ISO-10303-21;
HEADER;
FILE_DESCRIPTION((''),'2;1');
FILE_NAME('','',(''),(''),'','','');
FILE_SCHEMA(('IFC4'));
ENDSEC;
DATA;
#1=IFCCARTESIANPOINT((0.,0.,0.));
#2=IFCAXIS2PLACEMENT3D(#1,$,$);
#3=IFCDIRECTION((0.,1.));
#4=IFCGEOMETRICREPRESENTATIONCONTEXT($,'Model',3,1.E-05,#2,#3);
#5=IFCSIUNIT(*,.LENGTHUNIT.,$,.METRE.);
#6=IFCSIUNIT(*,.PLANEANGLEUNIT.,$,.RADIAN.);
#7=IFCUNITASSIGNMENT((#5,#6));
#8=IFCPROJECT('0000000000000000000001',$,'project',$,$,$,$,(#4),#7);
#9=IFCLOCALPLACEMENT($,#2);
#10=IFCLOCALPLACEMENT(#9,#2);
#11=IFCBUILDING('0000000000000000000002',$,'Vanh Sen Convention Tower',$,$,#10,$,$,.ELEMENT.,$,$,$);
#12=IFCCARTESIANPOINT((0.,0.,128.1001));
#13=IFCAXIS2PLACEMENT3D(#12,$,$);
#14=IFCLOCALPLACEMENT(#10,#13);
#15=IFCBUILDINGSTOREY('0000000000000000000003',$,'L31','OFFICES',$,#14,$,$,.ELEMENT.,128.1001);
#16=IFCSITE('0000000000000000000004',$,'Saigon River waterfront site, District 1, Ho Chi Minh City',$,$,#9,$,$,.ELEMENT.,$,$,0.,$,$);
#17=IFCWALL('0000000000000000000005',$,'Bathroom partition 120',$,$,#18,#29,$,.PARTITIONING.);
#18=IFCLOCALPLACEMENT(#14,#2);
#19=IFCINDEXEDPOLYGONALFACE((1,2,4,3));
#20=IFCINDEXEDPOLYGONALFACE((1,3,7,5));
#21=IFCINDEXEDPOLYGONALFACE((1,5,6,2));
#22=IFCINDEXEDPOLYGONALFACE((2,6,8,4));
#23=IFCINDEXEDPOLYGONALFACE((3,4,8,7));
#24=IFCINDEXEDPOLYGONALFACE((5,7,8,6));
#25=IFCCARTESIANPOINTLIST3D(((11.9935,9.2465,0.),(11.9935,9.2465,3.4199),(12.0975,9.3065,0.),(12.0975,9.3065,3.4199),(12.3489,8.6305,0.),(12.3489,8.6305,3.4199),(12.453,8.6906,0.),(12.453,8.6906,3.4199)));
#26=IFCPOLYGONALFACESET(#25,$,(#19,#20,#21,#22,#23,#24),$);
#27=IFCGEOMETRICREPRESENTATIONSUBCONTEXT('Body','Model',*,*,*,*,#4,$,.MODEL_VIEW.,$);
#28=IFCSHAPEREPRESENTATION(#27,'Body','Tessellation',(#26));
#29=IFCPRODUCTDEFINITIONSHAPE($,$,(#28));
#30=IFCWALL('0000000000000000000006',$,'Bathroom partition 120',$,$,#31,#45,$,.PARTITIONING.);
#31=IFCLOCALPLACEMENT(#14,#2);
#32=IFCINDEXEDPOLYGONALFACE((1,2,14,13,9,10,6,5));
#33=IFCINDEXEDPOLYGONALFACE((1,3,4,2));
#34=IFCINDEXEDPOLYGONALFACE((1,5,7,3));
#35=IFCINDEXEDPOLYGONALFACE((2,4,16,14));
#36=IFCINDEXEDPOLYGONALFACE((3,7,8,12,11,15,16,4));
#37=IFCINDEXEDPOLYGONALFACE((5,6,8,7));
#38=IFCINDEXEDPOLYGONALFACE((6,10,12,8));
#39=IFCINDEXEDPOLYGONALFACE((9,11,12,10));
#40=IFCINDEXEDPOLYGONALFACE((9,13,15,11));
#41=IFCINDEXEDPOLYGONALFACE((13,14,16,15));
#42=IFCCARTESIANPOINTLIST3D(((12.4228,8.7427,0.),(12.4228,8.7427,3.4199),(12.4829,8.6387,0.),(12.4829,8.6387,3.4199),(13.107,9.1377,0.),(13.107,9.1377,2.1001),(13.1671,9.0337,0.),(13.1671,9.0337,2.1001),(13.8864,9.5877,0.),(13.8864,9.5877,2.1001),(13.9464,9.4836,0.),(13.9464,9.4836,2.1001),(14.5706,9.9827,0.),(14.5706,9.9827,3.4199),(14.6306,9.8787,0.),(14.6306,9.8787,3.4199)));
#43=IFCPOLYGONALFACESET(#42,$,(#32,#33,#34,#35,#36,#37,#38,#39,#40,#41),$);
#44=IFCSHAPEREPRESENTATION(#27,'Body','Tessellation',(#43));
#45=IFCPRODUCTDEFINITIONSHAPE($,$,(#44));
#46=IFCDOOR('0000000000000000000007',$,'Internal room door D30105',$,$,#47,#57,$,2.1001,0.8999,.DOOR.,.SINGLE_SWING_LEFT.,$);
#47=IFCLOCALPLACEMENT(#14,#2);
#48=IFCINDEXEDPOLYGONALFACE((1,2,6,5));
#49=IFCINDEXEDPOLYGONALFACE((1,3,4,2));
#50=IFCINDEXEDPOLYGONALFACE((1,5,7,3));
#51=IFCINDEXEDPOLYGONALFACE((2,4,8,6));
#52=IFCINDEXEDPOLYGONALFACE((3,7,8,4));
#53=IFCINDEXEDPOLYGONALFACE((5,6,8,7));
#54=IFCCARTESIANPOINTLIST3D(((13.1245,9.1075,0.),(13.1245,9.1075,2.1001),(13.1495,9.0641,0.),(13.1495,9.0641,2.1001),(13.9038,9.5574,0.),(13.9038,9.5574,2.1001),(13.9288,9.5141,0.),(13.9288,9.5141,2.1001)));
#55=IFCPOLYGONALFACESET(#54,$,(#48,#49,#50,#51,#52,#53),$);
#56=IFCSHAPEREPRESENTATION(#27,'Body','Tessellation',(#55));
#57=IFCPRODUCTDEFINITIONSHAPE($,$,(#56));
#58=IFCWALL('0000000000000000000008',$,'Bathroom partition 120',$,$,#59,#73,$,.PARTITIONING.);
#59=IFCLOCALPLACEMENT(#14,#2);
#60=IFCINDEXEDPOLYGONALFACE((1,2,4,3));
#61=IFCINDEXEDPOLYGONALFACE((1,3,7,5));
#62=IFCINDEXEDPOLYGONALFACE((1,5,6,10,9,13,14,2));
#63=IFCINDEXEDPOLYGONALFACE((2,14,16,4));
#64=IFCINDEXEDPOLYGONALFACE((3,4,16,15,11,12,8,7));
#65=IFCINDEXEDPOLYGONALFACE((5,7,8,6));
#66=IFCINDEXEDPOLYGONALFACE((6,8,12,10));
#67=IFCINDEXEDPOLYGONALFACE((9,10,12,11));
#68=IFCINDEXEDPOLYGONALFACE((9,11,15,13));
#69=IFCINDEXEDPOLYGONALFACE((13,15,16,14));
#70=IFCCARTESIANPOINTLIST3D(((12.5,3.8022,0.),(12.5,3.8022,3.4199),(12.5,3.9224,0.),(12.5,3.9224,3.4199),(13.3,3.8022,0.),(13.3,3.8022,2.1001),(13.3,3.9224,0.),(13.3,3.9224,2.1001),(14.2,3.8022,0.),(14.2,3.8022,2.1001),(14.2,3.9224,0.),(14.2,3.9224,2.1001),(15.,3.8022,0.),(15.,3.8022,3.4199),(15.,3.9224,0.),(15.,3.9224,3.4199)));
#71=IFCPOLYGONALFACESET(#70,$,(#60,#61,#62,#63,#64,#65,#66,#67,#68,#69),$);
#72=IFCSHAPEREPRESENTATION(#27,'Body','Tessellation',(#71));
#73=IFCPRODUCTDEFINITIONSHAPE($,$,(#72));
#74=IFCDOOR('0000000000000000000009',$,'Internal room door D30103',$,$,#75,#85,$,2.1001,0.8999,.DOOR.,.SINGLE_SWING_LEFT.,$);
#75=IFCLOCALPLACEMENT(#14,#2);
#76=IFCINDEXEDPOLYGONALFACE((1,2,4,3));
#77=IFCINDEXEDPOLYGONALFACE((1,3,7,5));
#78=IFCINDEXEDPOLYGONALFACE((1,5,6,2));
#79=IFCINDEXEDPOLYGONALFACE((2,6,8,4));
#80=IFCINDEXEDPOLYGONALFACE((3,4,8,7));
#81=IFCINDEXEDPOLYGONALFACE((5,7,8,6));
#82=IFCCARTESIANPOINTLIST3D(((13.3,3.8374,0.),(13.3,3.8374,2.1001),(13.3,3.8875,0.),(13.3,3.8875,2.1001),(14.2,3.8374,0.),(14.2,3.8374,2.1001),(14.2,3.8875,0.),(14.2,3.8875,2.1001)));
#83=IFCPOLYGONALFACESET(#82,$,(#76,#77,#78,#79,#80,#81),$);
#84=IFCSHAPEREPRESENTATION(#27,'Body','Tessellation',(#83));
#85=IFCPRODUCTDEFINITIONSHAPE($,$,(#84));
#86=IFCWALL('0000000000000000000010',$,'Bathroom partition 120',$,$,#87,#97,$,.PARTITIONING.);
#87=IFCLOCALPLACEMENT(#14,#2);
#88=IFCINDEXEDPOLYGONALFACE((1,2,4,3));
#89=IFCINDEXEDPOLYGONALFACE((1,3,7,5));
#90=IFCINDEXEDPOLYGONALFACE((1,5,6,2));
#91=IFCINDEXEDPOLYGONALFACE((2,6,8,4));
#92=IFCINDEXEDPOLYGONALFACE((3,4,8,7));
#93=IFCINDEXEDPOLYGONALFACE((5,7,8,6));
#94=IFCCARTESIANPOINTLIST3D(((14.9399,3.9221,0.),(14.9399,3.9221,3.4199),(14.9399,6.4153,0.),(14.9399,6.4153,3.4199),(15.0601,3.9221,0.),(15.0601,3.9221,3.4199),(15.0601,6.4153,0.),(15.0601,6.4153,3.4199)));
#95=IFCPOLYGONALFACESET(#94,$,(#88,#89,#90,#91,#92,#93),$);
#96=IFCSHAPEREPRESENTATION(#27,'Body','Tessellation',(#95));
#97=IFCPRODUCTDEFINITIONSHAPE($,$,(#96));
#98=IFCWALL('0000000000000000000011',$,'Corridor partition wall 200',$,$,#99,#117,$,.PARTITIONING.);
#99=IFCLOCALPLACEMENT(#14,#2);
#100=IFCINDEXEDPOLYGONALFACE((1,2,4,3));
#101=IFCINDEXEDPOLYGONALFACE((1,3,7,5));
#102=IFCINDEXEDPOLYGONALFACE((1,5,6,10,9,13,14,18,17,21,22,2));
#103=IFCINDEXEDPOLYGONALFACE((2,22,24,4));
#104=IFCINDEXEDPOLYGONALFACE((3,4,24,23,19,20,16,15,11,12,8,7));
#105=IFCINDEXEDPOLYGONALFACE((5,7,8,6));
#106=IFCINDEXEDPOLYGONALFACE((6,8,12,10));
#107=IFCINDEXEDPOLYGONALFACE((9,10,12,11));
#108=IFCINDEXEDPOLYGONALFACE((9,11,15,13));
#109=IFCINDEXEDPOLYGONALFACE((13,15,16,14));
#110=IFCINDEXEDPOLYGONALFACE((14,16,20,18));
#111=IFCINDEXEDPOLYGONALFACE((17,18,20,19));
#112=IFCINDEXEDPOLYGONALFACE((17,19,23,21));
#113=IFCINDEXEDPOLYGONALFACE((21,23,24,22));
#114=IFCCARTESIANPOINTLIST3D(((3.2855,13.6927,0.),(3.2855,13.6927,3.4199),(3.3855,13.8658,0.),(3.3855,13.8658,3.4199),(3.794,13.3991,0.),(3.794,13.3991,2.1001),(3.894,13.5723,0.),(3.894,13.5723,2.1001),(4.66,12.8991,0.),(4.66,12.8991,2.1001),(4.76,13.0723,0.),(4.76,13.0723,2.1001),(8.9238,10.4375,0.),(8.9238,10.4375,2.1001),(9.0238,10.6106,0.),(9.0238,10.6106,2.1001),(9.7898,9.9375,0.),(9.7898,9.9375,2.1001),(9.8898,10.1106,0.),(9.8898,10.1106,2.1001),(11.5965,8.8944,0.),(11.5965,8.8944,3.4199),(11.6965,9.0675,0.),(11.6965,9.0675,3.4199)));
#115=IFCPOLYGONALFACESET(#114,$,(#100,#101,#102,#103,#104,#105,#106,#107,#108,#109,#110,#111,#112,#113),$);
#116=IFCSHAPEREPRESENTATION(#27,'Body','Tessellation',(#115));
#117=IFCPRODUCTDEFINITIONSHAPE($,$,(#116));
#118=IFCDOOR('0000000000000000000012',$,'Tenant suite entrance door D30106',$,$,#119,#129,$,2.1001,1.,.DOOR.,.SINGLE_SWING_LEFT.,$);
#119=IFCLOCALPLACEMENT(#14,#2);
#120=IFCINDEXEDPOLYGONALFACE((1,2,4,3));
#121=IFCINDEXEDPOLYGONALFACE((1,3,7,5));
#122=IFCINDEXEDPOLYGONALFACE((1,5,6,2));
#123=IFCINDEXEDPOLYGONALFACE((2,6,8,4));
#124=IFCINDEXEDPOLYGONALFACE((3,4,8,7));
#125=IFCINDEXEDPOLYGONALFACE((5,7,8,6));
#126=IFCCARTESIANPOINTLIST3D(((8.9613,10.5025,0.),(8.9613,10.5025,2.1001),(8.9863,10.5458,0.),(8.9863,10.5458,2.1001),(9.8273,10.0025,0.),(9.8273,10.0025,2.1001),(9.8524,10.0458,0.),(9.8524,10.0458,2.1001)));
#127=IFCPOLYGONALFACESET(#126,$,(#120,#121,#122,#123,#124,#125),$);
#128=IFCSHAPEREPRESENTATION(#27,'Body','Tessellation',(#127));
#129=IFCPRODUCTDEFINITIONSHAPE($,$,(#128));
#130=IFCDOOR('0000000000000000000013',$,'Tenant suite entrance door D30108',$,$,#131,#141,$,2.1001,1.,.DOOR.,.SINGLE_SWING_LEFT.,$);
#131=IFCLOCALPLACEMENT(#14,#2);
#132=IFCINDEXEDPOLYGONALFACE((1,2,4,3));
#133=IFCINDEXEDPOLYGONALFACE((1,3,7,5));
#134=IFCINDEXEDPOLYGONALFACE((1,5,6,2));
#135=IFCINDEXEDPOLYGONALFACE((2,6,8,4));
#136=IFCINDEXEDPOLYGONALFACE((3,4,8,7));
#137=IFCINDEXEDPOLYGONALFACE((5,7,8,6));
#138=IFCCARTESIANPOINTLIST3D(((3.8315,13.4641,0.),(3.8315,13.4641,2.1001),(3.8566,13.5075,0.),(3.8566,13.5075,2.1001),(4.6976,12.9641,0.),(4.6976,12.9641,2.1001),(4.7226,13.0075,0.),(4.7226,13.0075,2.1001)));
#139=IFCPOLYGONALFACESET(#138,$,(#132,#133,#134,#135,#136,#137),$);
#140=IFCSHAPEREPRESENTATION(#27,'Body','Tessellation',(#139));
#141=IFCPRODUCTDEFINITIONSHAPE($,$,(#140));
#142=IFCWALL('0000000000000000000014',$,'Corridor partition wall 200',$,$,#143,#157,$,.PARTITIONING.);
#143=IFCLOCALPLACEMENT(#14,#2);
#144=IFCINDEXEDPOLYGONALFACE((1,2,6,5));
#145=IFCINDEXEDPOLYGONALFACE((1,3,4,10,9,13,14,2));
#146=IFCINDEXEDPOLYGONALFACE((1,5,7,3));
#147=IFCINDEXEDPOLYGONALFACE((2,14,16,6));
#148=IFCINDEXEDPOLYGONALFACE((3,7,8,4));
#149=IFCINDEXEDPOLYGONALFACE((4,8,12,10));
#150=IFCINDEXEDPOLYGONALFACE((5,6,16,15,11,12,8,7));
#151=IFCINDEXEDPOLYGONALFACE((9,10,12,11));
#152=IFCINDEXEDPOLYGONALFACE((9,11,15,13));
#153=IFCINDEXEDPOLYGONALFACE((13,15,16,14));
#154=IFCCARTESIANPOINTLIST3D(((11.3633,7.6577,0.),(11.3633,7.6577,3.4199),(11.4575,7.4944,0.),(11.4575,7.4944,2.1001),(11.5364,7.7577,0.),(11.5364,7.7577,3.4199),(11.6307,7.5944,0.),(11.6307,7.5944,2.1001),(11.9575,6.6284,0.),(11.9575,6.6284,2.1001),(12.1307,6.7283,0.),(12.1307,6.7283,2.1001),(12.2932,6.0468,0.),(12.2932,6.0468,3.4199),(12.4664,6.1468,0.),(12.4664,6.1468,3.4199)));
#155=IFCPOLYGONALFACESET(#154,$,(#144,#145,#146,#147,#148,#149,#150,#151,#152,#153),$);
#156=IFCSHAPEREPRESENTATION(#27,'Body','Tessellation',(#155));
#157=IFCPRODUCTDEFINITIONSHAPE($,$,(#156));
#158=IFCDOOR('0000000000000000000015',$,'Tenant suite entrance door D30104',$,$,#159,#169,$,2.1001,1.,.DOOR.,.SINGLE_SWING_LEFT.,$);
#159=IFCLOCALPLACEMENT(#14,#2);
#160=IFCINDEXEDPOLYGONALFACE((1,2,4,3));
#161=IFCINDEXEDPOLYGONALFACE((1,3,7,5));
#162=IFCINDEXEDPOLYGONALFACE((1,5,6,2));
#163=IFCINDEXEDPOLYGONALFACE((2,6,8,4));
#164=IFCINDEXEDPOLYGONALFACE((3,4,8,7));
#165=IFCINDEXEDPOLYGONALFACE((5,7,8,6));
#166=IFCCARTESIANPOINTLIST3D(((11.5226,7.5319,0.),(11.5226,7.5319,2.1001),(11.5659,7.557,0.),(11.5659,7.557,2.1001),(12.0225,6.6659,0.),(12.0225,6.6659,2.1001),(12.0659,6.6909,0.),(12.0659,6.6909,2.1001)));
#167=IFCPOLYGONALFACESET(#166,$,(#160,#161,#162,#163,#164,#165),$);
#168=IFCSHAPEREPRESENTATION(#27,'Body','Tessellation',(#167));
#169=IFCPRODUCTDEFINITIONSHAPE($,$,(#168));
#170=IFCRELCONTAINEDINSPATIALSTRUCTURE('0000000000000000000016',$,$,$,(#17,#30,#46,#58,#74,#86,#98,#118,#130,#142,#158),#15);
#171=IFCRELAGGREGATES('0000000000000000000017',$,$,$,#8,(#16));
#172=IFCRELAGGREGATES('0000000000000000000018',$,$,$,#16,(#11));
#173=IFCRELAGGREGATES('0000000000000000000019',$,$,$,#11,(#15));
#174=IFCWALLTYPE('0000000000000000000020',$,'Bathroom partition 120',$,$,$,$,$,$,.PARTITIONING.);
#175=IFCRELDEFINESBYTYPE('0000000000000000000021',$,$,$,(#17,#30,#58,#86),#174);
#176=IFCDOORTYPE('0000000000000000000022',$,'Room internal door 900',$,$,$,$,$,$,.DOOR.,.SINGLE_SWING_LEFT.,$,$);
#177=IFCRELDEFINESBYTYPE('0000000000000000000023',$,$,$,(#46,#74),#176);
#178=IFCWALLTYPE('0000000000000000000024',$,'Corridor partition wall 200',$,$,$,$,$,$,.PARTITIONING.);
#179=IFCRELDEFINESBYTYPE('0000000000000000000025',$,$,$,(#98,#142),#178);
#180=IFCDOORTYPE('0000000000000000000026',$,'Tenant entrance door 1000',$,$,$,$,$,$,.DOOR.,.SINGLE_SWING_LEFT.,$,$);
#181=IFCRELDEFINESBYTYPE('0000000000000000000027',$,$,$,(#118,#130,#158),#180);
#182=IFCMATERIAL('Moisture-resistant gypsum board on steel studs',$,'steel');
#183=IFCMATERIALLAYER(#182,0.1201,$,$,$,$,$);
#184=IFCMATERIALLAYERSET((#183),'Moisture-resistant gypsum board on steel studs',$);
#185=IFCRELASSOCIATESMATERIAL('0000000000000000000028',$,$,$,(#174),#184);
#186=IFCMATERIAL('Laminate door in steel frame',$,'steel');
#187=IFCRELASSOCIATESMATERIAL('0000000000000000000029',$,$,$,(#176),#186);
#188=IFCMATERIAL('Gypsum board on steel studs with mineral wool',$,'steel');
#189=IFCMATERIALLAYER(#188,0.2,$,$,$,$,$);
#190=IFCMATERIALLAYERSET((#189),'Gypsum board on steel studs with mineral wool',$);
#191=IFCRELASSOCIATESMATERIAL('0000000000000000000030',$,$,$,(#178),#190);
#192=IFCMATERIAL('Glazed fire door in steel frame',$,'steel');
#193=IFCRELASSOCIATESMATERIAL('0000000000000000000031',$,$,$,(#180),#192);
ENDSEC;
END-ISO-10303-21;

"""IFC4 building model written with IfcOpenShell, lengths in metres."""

from ifc_helpers import new_model, si_unit, direction, frame, frame_2d, origin, place, context, subcontext, project, spatial, rectangle, extrude, material, layer, layer_set, type_object, element, fill, save


model = new_model("IFC4")

# Units and contexts
model_context = context("Model", 3, precision=1e-05, world=origin(), true_north=direction((0.0, 1.0)))
body_context = subcontext(model_context, "Body", "Model", "MODEL_VIEW")
ifc_project = project(units=[si_unit("LENGTHUNIT", "METRE"), si_unit("PLANEANGLEUNIT", "RADIAN")], contexts=[model_context])

# Site, building, storey
site_placement = place(None, origin())
site = spatial("IfcSite", under=ifc_project, at=site_placement, Name="Saigon River waterfront site, District 1, Ho Chi Minh City", CompositionType="ELEMENT", RefElevation=0.0)
building_placement = place(site_placement, origin())
building = spatial("IfcBuilding", under=site, at=building_placement, Name="Vanh Sen Convention Tower", CompositionType="ELEMENT")
storey_placement = place(building_placement, frame((0.0, 0.0, 128.1001)))
storey = spatial("IfcBuildingStorey", under=building, at=storey_placement, Name="L31", Description="OFFICES", CompositionType="ELEMENT", Elevation=128.1001)

# Wall
ifc_material_1 = material(Name="Moisture-resistant gypsum board on steel studs", Category="steel")
ifc_layer_1 = layer(ifc_material_1, 0.1201)
ifc_layer_set_1 = layer_set([ifc_layer_1], Name="Moisture-resistant gypsum board on steel studs")
wall_type_1 = type_object("IfcWallType", Name="Bathroom partition 120", PredefinedType="PARTITIONING", material=ifc_layer_set_1)
wall_1_placement = place(storey_placement, frame((12.4009, 8.6606, 0.0), z_axis=(0.0, 0.0, 1.0), x_axis=(-0.499831, 0.866123, 0.0)))
element("IfcWall", 1, at=wall_1_placement, inside=storey, type_object=wall_type_1, Name="Bathroom partition 120", PredefinedType="PARTITIONING", context=body_context, shape_type="SweptSolid", body=[
    extrude(rectangle(XDim=0.7112, YDim=0.1201, at=frame_2d((0.3555, 0.0))), origin(), (0.0, 0.0, 1.0), 3.4199),
])

# Walls, openings, doors
wall_2_placement = place(storey_placement, frame((14.6006, 9.9307, 0.0), z_axis=(0.0, 0.0, 1.0), x_axis=(-0.866023, -0.500004, 0.0)))
wall_2 = element("IfcWall", 2, at=wall_2_placement, inside=storey, type_object=wall_type_1, Name="Bathroom partition 120", PredefinedType="PARTITIONING", context=body_context, shape_type="SweptSolid", body=[
    extrude(rectangle(XDim=2.48, YDim=0.1201, at=frame_2d((1.24, 0.0))), origin(), (0.0, 0.0, 1.0), 3.4199),
])
opening_1_placement = place(wall_2_placement, frame((0.79, 0.0, 0.0)))
opening_1 = element("IfcOpeningElement", 3, at=opening_1_placement, cuts=wall_2, PredefinedType="OPENING", context=body_context, shape_type="SweptSolid", body=[
    extrude(rectangle(XDim=0.8999, YDim=2.1001, at=frame_2d((0.45, 1.05))), frame((0.0, 0.0701, 0.0), z_axis=(0.0, -1.0, 0.0), x_axis=(1.0, 0.0, 0.0)), (0.0, 0.0, 1.0), 0.1401),
])
ifc_material_2 = material(Name="Laminate door in steel frame", Category="steel")
door_type_1 = type_object("IfcDoorType", Name="Room internal door 900", OperationType="SINGLE_SWING_LEFT", PredefinedType="DOOR", material=ifc_material_2)
door_1_placement = place(opening_1_placement, origin())
door_1 = element("IfcDoor", 4, at=door_1_placement, inside=storey, type_object=door_type_1, Name="Internal room door D30105", OperationType="SINGLE_SWING_LEFT", OverallHeight=2.1001, OverallWidth=0.8999, PredefinedType="DOOR", context=body_context, shape_type="SweptSolid", body=[
    extrude(rectangle(XDim=0.8999, YDim=2.1001, at=frame_2d((0.45, 1.05))), frame((0.0, 0.0249, 0.0), z_axis=(0.0, -1.0, 0.0), x_axis=(1.0, 0.0, 0.0)), (0.0, 0.0, 1.0), 0.05),
])
fill(opening_1, door_1)
wall_3_placement = place(storey_placement, frame((15.0, 3.8623, 0.0), z_axis=(0.0, 0.0, 1.0), x_axis=(-1.0, 0.0, 0.0)))
wall_3 = element("IfcWall", 5, at=wall_3_placement, inside=storey, type_object=wall_type_1, Name="Bathroom partition 120", PredefinedType="PARTITIONING", context=body_context, shape_type="SweptSolid", body=[
    extrude(rectangle(XDim=2.5, YDim=0.1201, at=frame_2d((1.25, 0.0))), origin(), (0.0, 0.0, 1.0), 3.4199),
])
opening_2_placement = place(wall_3_placement, frame((0.8, 0.0, 0.0)))
opening_2 = element("IfcOpeningElement", 6, at=opening_2_placement, cuts=wall_3, PredefinedType="OPENING", context=body_context, shape_type="SweptSolid", body=[
    extrude(rectangle(XDim=0.8999, YDim=2.1001, at=frame_2d((0.45, 1.05))), frame((0.0, 0.0701, 0.0), z_axis=(0.0, -1.0, 0.0), x_axis=(1.0, 0.0, 0.0)), (0.0, 0.0, 1.0), 0.1401),
])
door_2_placement = place(opening_2_placement, origin())
door_2 = element("IfcDoor", 7, at=door_2_placement, inside=storey, type_object=door_type_1, Name="Internal room door D30103", OperationType="SINGLE_SWING_LEFT", OverallHeight=2.1001, OverallWidth=0.8999, PredefinedType="DOOR", context=body_context, shape_type="SweptSolid", body=[
    extrude(rectangle(XDim=0.8999, YDim=2.1001, at=frame_2d((0.45, 1.05))), frame((0.0, 0.0249, 0.0), z_axis=(0.0, -1.0, 0.0), x_axis=(1.0, 0.0, 0.0)), (0.0, 0.0, 1.0), 0.05),
])
fill(opening_2, door_2)

# Wall
wall_4_placement = place(storey_placement, frame((15.0, 6.4153, 0.0), z_axis=(0.0, 0.0, 1.0), x_axis=(0.0, -1.0, 0.0)))
element("IfcWall", 8, at=wall_4_placement, inside=storey, type_object=wall_type_1, Name="Bathroom partition 120", PredefinedType="PARTITIONING", context=body_context, shape_type="SweptSolid", body=[
    extrude(rectangle(XDim=2.4932, YDim=0.1201, at=frame_2d((1.2466, 0.0))), origin(), (0.0, 0.0, 1.0), 3.4199),
])

# Wall, openings, doors
ifc_material_3 = material(Name="Gypsum board on steel studs with mineral wool", Category="steel")
ifc_layer_2 = layer(ifc_material_3, 0.2)
ifc_layer_set_2 = layer_set([ifc_layer_2], Name="Gypsum board on steel studs with mineral wool")
wall_type_2 = type_object("IfcWallType", Name="Corridor partition wall 200", PredefinedType="PARTITIONING", material=ifc_layer_set_2)
wall_5_placement = place(storey_placement, frame((11.6465, 8.981, 0.0), z_axis=(0.0, 0.0, 1.0), x_axis=(-0.866027, 0.499997, 0.0)))
wall_5 = element("IfcWall", 9, at=wall_5_placement, inside=storey, type_object=wall_type_2, Name="Corridor partition wall 200", PredefinedType="PARTITIONING", context=body_context, shape_type="SweptSolid", body=[
    extrude(rectangle(XDim=9.5967, YDim=0.2, at=frame_2d((4.7983, 0.0))), origin(), (0.0, 0.0, 1.0), 3.4199),
])
opening_3_placement = place(wall_5_placement, frame((2.0862, 0.0, 0.0)))
opening_3 = element("IfcOpeningElement", 10, at=opening_3_placement, cuts=wall_5, PredefinedType="OPENING", context=body_context, shape_type="SweptSolid", body=[
    extrude(rectangle(XDim=1.0, YDim=2.1001, at=frame_2d((0.5, 1.05))), frame((0.0, 0.1099, 0.0), z_axis=(0.0, -1.0, 0.0), x_axis=(1.0, 0.0, 0.0)), (0.0, 0.0, 1.0), 0.22),
])
opening_4_placement = place(wall_5_placement, frame((8.0095, 0.0, 0.0)))
opening_4 = element("IfcOpeningElement", 11, at=opening_4_placement, cuts=wall_5, PredefinedType="OPENING", context=body_context, shape_type="SweptSolid", body=[
    extrude(rectangle(XDim=1.0, YDim=2.1001, at=frame_2d((0.5, 1.05))), frame((0.0, 0.1099, 0.0), z_axis=(0.0, -1.0, 0.0), x_axis=(1.0, 0.0, 0.0)), (0.0, 0.0, 1.0), 0.22),
])
ifc_material_4 = material(Name="Glazed fire door in steel frame", Category="steel")
door_type_2 = type_object("IfcDoorType", Name="Tenant entrance door 1000", OperationType="SINGLE_SWING_LEFT", PredefinedType="DOOR", material=ifc_material_4)
door_3_placement = place(opening_3_placement, origin())
door_3 = element("IfcDoor", 12, at=door_3_placement, inside=storey, type_object=door_type_2, Name="Tenant suite entrance door D30106", OperationType="SINGLE_SWING_LEFT", OverallHeight=2.1001, OverallWidth=1.0, PredefinedType="DOOR", context=body_context, shape_type="SweptSolid", body=[
    extrude(rectangle(XDim=1.0, YDim=2.1001, at=frame_2d((0.5, 1.05))), frame((0.0, 0.0249, 0.0), z_axis=(0.0, -1.0, 0.0), x_axis=(1.0, 0.0, 0.0)), (0.0, 0.0, 1.0), 0.05),
])
fill(opening_3, door_3)
door_4_placement = place(opening_4_placement, origin())
door_4 = element("IfcDoor", 13, at=door_4_placement, inside=storey, type_object=door_type_2, Name="Tenant suite entrance door D30108", OperationType="SINGLE_SWING_LEFT", OverallHeight=2.1001, OverallWidth=1.0, PredefinedType="DOOR", context=body_context, shape_type="SweptSolid", body=[
    extrude(rectangle(XDim=1.0, YDim=2.1001, at=frame_2d((0.5, 1.05))), frame((0.0, 0.0249, 0.0), z_axis=(0.0, -1.0, 0.0), x_axis=(1.0, 0.0, 0.0)), (0.0, 0.0, 1.0), 0.05),
])
fill(opening_4, door_4)

# Wall, opening, door
wall_6_placement = place(storey_placement, frame((12.3799, 6.0967, 0.0), z_axis=(0.0, 0.0, 1.0), x_axis=(-0.499965, 0.866046, 0.0)))
wall_6 = element("IfcWall", 14, at=wall_6_placement, inside=storey, type_object=wall_type_2, Name="Corridor partition wall 200", PredefinedType="PARTITIONING", context=body_context, shape_type="SweptSolid", body=[
    extrude(rectangle(XDim=1.8601, YDim=0.2, at=frame_2d((0.9302, 0.0))), origin(), (0.0, 0.0, 1.0), 3.4199),
])
opening_5_placement = place(wall_6_placement, frame((0.6716, 0.0, 0.0)))
opening_5 = element("IfcOpeningElement", 15, at=opening_5_placement, cuts=wall_6, PredefinedType="OPENING", context=body_context, shape_type="SweptSolid", body=[
    extrude(rectangle(XDim=1.0, YDim=2.1001, at=frame_2d((0.5, 1.05))), frame((0.0, 0.1099, 0.0), z_axis=(0.0, -1.0, 0.0), x_axis=(1.0, 0.0, 0.0)), (0.0, 0.0, 1.0), 0.22),
])
door_5_placement = place(opening_5_placement, origin())
door_5 = element("IfcDoor", 16, at=door_5_placement, inside=storey, type_object=door_type_2, Name="Tenant suite entrance door D30104", OperationType="SINGLE_SWING_LEFT", OverallHeight=2.1001, OverallWidth=1.0, PredefinedType="DOOR", context=body_context, shape_type="SweptSolid", body=[
    extrude(rectangle(XDim=1.0, YDim=2.1001, at=frame_2d((0.5, 1.05))), frame((0.0, 0.0249, 0.0), z_axis=(0.0, -1.0, 0.0), x_axis=(1.0, 0.0, 0.0)), (0.0, 0.0, 1.0), 0.05),
])
fill(opening_5, door_5)

save(model, "model.ifc")
